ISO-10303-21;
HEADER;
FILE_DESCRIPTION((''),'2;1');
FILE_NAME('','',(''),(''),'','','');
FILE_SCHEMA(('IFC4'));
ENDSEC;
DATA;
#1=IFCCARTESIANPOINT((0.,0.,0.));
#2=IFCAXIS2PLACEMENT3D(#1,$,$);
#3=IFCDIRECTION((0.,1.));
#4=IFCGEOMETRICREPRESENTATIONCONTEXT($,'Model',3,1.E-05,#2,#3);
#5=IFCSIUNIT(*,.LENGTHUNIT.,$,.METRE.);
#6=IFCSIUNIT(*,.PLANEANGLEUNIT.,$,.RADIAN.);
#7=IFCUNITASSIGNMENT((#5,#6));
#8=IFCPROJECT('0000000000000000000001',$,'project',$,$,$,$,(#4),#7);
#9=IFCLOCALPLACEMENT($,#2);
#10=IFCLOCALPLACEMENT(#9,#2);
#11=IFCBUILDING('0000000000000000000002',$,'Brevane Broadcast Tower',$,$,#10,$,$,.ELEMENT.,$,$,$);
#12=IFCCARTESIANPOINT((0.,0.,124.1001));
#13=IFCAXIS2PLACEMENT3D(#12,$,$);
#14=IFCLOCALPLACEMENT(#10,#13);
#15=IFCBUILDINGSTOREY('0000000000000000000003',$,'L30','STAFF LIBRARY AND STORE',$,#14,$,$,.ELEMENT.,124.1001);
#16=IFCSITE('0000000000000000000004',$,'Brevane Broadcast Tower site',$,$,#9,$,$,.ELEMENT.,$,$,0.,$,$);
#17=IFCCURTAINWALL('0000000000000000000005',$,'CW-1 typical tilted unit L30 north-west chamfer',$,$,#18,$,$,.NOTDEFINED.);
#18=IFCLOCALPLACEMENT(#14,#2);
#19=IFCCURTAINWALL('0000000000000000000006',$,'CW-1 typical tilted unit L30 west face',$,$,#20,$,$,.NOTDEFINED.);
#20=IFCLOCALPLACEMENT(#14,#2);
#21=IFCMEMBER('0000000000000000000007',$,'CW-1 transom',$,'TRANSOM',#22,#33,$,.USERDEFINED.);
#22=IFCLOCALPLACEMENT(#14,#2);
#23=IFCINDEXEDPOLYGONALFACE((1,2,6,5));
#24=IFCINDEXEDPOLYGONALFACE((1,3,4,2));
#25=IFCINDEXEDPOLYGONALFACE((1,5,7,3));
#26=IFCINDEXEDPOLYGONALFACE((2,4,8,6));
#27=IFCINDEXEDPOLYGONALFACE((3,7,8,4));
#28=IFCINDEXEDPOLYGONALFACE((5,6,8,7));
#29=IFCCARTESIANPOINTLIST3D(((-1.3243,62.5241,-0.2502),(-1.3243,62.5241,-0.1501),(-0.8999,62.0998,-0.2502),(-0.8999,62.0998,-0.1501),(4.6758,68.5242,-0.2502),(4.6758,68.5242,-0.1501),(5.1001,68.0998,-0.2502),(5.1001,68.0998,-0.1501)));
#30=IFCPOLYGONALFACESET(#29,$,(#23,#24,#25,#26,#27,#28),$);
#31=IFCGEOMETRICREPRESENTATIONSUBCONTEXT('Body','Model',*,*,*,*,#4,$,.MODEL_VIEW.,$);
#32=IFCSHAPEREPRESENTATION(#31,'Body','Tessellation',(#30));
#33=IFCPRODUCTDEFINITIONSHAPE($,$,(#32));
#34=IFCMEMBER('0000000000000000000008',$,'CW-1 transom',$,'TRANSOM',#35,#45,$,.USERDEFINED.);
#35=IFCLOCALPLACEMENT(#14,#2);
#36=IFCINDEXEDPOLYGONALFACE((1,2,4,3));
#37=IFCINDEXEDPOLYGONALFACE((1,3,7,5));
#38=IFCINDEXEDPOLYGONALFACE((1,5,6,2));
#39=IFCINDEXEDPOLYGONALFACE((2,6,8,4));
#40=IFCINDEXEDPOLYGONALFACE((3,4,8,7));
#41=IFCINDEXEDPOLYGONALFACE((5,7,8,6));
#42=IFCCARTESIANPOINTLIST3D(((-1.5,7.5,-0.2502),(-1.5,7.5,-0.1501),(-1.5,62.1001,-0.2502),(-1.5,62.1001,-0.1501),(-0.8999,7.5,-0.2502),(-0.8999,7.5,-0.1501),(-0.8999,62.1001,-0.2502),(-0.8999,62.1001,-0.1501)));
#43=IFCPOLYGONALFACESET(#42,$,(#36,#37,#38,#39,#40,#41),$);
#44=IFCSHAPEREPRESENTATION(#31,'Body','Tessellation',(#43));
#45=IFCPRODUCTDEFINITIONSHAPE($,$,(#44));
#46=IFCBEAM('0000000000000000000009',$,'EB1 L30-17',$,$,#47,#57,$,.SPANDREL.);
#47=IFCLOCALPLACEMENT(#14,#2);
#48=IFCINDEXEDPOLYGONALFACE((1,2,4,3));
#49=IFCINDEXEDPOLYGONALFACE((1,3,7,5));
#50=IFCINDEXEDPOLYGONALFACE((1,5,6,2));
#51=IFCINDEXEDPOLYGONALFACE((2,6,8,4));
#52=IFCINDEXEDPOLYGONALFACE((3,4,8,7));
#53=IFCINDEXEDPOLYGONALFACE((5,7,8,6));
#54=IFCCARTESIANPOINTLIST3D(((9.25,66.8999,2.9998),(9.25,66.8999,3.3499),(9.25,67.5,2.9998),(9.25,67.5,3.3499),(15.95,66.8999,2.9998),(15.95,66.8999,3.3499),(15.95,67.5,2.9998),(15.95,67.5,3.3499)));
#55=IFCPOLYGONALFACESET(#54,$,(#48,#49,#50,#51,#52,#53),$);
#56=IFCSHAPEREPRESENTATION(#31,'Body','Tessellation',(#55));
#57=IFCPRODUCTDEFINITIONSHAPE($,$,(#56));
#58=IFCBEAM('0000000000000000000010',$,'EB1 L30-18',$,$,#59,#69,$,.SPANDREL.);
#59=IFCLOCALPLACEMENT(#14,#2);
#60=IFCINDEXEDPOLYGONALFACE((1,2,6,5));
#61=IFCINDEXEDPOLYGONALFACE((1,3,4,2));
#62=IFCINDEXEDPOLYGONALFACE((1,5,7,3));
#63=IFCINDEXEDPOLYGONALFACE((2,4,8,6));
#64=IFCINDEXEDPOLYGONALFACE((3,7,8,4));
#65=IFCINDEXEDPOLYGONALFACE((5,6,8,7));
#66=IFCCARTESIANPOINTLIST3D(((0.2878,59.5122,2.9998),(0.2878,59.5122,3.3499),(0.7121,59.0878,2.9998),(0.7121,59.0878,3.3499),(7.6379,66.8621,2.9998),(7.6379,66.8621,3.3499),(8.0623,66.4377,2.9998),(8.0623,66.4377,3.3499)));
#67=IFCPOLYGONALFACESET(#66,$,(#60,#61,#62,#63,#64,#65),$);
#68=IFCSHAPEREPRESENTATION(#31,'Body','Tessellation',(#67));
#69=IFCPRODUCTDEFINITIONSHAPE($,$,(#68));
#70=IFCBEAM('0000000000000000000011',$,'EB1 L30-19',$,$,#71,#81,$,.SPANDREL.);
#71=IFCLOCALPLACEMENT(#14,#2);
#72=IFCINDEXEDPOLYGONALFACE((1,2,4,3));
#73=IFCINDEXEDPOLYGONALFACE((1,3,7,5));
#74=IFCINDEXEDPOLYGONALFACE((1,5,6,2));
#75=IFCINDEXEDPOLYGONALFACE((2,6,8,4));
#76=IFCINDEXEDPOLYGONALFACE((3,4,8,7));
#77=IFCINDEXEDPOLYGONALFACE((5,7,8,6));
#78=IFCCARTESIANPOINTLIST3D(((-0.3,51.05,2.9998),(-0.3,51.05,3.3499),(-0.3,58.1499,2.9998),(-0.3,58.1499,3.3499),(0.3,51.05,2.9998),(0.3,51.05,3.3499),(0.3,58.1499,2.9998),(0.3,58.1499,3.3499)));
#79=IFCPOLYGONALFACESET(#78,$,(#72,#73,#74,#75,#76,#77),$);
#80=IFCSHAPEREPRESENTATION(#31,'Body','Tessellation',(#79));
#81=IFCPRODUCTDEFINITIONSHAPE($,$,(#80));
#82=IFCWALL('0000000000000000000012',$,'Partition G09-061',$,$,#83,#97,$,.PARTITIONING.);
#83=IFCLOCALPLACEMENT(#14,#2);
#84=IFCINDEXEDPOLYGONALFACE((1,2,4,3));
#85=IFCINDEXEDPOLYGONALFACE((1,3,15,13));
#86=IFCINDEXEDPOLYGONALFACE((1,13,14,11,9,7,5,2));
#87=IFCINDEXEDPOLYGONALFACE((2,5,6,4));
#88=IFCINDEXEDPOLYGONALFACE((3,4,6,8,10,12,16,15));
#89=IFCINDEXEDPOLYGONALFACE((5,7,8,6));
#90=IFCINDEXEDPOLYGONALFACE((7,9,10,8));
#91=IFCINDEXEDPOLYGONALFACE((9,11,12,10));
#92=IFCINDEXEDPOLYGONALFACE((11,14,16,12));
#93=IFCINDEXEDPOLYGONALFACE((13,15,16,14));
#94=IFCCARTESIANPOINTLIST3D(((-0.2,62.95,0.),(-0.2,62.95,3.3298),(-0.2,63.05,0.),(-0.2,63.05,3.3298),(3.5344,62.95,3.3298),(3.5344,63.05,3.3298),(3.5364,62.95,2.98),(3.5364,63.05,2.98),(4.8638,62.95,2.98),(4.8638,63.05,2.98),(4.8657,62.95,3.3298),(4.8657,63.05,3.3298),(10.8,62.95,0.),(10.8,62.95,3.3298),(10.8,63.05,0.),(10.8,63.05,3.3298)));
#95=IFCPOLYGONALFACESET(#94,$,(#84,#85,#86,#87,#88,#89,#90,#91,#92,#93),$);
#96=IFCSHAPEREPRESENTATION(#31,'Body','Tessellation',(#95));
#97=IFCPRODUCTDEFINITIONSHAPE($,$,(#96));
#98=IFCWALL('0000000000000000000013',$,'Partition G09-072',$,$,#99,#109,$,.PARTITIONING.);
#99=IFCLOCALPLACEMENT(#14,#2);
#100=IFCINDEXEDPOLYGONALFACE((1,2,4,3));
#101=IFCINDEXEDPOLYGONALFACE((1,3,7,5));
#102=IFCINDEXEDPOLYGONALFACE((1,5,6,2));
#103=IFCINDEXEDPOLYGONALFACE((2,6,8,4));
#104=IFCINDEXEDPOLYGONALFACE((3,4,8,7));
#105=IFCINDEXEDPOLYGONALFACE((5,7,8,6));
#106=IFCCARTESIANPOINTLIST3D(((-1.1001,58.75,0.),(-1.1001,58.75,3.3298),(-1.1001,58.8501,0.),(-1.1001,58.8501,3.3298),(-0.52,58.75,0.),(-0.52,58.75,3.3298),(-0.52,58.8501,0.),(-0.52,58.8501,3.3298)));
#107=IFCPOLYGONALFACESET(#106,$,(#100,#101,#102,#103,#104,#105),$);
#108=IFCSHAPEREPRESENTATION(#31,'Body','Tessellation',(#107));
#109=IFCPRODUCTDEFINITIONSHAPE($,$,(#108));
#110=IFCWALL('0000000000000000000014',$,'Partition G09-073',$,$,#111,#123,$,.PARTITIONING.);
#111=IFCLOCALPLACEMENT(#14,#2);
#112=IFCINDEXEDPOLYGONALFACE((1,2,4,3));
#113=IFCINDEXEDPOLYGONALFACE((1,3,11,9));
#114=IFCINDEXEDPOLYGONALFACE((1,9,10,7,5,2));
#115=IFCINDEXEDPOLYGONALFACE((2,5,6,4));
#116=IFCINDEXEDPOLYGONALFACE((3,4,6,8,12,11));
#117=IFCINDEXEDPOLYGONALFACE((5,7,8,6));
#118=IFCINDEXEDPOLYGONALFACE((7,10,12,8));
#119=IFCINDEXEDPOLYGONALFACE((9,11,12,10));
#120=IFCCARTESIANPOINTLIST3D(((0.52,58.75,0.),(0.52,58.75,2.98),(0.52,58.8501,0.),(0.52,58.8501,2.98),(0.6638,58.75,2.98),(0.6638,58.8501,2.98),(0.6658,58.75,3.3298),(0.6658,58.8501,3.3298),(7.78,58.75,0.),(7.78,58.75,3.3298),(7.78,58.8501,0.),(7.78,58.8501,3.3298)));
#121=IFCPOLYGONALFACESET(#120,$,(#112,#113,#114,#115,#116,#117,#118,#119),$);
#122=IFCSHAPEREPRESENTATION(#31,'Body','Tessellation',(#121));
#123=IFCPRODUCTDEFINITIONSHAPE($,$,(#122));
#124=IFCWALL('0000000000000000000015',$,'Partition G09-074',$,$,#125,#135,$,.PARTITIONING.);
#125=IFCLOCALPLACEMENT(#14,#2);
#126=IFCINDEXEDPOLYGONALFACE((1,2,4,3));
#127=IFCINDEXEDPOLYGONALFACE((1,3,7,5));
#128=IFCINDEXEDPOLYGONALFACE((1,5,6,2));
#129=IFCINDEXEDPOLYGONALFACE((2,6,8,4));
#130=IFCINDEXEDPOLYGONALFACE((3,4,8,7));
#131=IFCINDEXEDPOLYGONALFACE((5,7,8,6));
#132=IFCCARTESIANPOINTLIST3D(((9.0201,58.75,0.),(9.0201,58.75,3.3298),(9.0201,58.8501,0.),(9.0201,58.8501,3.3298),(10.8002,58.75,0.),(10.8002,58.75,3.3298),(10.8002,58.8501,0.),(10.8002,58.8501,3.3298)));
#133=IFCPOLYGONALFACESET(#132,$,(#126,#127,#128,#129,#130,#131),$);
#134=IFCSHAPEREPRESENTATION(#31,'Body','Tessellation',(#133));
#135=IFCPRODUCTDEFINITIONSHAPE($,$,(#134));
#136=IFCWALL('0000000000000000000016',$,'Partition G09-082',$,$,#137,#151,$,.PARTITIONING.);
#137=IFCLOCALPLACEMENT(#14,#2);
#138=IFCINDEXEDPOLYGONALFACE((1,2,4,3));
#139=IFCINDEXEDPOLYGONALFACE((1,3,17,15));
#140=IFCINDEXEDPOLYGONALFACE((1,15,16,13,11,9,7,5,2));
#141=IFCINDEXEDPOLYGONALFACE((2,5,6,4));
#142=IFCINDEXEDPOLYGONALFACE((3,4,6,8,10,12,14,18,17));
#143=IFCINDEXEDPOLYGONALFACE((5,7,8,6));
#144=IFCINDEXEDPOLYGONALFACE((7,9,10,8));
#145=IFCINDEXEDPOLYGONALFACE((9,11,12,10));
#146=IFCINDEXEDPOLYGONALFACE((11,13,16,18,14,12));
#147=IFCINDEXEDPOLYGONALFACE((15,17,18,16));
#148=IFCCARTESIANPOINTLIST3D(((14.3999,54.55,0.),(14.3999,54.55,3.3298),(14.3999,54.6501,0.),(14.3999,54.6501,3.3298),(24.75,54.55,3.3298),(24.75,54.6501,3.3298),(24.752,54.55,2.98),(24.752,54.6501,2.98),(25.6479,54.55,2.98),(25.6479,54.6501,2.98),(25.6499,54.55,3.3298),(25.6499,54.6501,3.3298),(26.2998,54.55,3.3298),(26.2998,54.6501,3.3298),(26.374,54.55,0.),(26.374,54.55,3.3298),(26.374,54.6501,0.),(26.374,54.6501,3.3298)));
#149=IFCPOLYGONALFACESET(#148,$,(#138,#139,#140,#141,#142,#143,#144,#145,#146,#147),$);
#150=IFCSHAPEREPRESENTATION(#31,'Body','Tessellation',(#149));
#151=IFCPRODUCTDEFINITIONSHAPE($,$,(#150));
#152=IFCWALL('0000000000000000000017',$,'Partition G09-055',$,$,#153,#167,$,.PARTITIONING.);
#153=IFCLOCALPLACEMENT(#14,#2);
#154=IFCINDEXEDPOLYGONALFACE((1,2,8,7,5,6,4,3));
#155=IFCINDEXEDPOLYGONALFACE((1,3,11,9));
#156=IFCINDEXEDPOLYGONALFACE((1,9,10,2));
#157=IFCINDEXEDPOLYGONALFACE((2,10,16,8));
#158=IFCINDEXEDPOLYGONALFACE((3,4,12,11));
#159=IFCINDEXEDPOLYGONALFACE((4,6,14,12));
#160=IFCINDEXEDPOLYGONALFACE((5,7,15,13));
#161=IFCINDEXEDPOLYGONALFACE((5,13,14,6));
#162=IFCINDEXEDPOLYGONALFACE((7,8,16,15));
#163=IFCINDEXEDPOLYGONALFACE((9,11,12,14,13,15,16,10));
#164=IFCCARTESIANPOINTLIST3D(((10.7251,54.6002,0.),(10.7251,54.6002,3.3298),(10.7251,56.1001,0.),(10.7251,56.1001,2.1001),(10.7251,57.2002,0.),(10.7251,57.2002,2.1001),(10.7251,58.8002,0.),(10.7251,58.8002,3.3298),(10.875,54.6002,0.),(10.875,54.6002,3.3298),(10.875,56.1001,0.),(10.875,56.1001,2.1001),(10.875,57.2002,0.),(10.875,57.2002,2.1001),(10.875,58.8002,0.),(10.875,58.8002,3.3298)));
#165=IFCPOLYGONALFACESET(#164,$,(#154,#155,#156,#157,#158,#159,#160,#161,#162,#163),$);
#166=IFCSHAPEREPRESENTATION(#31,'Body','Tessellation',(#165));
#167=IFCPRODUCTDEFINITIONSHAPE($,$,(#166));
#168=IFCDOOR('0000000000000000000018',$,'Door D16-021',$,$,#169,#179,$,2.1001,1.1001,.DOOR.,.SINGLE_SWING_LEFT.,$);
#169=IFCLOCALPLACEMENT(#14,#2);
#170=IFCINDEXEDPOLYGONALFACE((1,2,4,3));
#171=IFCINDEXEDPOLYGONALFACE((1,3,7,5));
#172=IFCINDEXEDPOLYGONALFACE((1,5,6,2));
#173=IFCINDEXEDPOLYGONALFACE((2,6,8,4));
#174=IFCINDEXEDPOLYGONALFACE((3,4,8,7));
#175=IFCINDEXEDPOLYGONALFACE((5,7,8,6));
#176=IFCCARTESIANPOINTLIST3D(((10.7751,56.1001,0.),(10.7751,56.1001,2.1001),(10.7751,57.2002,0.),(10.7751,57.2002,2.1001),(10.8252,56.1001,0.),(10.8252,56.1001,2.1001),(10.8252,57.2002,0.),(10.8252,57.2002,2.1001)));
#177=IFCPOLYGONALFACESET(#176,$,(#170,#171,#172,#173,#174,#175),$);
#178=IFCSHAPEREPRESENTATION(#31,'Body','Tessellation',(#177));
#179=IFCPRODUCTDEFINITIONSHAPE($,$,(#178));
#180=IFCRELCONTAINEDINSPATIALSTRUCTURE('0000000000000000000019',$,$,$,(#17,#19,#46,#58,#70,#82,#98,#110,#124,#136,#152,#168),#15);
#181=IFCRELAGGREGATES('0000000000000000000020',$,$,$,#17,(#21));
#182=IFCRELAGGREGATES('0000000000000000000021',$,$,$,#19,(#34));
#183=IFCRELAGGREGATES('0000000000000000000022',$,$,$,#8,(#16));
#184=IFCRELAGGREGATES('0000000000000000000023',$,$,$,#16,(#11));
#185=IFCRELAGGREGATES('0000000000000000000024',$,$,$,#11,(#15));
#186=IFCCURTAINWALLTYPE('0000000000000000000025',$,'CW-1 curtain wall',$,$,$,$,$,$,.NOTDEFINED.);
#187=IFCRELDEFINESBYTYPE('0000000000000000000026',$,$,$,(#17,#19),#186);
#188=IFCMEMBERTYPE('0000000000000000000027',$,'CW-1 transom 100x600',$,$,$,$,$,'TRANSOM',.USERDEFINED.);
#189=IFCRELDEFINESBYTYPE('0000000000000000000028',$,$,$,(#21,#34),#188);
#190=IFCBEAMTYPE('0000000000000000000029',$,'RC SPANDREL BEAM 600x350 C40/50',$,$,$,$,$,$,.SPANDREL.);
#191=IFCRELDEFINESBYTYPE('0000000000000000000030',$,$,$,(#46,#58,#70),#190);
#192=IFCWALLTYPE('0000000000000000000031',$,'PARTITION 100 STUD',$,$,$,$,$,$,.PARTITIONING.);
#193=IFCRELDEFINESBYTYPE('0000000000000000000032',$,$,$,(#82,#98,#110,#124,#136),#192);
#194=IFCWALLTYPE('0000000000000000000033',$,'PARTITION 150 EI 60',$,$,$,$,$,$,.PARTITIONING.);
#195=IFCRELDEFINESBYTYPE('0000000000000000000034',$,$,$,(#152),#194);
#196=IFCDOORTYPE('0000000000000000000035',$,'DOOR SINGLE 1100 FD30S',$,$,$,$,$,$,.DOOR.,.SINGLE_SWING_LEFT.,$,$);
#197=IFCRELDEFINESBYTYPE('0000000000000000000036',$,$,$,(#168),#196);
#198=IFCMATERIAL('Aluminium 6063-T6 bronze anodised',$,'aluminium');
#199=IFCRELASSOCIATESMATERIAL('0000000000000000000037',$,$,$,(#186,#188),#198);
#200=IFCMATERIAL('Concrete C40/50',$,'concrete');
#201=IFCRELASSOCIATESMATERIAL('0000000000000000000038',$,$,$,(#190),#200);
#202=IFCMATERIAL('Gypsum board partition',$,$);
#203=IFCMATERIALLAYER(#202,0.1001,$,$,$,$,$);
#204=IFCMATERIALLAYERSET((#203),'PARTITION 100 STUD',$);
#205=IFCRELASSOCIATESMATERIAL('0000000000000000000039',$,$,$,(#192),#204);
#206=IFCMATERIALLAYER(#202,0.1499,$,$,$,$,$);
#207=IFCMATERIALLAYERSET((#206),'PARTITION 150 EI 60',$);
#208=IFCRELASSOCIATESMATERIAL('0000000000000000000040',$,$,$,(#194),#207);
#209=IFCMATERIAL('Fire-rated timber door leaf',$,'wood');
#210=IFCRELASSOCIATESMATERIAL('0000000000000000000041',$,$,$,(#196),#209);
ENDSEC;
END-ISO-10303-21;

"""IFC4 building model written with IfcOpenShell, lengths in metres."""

from ifc_helpers import new_model, si_unit, direction, frame, frame_2d, origin, origin_2d, place, context, subcontext, project, spatial, polyline, rectangle, outline, extrude, material, layer, layer_set, material_profile, profile_set, type_object, element, fill, aggregate, save


model = new_model("IFC4")

# Units and contexts
model_context = context("Model", 3, precision=1e-05, world=origin(), true_north=direction((0.0, 1.0)))
body_context = subcontext(model_context, "Body", "Model", "MODEL_VIEW")
ifc_project = project(units=[si_unit("LENGTHUNIT", "METRE"), si_unit("PLANEANGLEUNIT", "RADIAN")], contexts=[model_context])

# Site, building, storey
site_placement = place(None, origin())
site = spatial("IfcSite", under=ifc_project, at=site_placement, Name="Brevane Broadcast Tower site", CompositionType="ELEMENT", RefElevation=0.0)
building_placement = place(site_placement, origin())
building = spatial("IfcBuilding", under=site, at=building_placement, Name="Brevane Broadcast Tower", CompositionType="ELEMENT")
storey_placement = place(building_placement, frame((0.0, 0.0, 124.1001)))
storey = spatial("IfcBuildingStorey", under=building, at=storey_placement, Name="L30", Description="STAFF LIBRARY AND STORE", CompositionType="ELEMENT", Elevation=124.1001)

# Curtain walls
ifc_material_1 = material(Name="Aluminium 6063-T6 bronze anodised", Category="aluminium")
curtain_wall_type = type_object("IfcCurtainWallType", Name="CW-1 curtain wall", PredefinedType="NOTDEFINED", material=ifc_material_1)
curtain_wall_1_placement = place(storey_placement, origin())
curtain_wall_1 = element("IfcCurtainWall", 1, at=curtain_wall_1_placement, inside=storey, type_object=curtain_wall_type, Name="CW-1 typical tilted unit L30 north-west chamfer", PredefinedType="NOTDEFINED")
curtain_wall_2_placement = place(storey_placement, origin())
curtain_wall_2 = element("IfcCurtainWall", 2, at=curtain_wall_2_placement, inside=storey, type_object=curtain_wall_type, Name="CW-1 typical tilted unit L30 west face", PredefinedType="NOTDEFINED")

# Members
ifc_material_profile_1 = material_profile(ifc_material_1, rectangle(XDim=0.6001, YDim=0.1001, at=origin_2d()), Name="RECT 100x600")
ifc_profile_set_1 = profile_set([ifc_material_profile_1], Name="Aluminium 6063-T6 bronze anodised")
member_type_1 = type_object("IfcMemberType", Name="CW-1 transom 100x600", ElementType="TRANSOM", PredefinedType="USERDEFINED", material=ifc_profile_set_1)
member_1_placement = place(storey_placement, frame((4.8879, 68.312, -0.2002), z_axis=(-0.707107, -0.707107, 0.0), x_axis=(0.707107, -0.707107, 0.0)))
member_1 = element("IfcMember", 3, at=member_1_placement, type_object=member_type_1, Name="CW-1 transom", ObjectType="TRANSOM", PredefinedType="USERDEFINED", context=body_context, shape_type="SweptSolid", body=[
    extrude(rectangle(XDim=0.6001, YDim=0.1001, at=origin_2d()), origin(), (0.0, 0.0, 1.0), 8.4854),
])
aggregate(curtain_wall_1, [member_1])
member_2_placement = place(storey_placement, frame((-1.2, 62.1001, -0.2002), z_axis=(0.0, -1.0, 0.0), x_axis=(1.0, 0.0, 0.0)))
member_2 = element("IfcMember", 4, at=member_2_placement, type_object=member_type_1, Name="CW-1 transom", ObjectType="TRANSOM", PredefinedType="USERDEFINED", context=body_context, shape_type="SweptSolid", body=[
    extrude(rectangle(XDim=0.6001, YDim=0.1001, at=origin_2d()), origin(), (0.0, 0.0, 1.0), 54.6001),
])
aggregate(curtain_wall_2, [member_2])

# Beams
ifc_material_2 = material(Name="Concrete C40/50", Category="concrete")
ifc_material_profile_2 = material_profile(ifc_material_2, rectangle(XDim=0.6001, YDim=0.3501, at=origin_2d()), Name="RC 600x350")
ifc_profile_set_2 = profile_set([ifc_material_profile_2], Name="Concrete C40/50")
beam_type = type_object("IfcBeamType", Name="RC SPANDREL BEAM 600x350 C40/50", PredefinedType="SPANDREL", material=ifc_profile_set_2)
beam_1_placement = place(storey_placement, frame((15.95, 67.2, 3.1748), z_axis=(-1.0, 0.0, 0.0), x_axis=(0.0, -1.0, 0.0)))
element("IfcBeam", 5, at=beam_1_placement, inside=storey, type_object=beam_type, Name="EB1 L30-17", PredefinedType="SPANDREL", context=body_context, shape_type="SweptSolid", body=[
    extrude(rectangle(XDim=0.6001, YDim=0.3501, at=origin_2d()), origin(), (0.0, 0.0, 1.0), 6.7),
])
beam_2_placement = place(storey_placement, frame((7.8501, 66.6499, 3.1748), z_axis=(-0.707119, -0.707095, 0.0), x_axis=(0.707095, -0.707119, 0.0)))
element("IfcBeam", 6, at=beam_2_placement, inside=storey, type_object=beam_type, Name="EB1 L30-18", PredefinedType="SPANDREL", context=body_context, shape_type="SweptSolid", body=[
    extrude(rectangle(XDim=0.6001, YDim=0.3501, at=origin_2d()), origin(), (0.0, 0.0, 1.0), 10.3945),
])
beam_3_placement = place(storey_placement, frame((0.0, 58.1499, 3.1748), z_axis=(0.0, -1.0, 0.0), x_axis=(1.0, 0.0, 0.0)))
element("IfcBeam", 7, at=beam_3_placement, inside=storey, type_object=beam_type, Name="EB1 L30-19", PredefinedType="SPANDREL", context=body_context, shape_type="SweptSolid", body=[
    extrude(rectangle(XDim=0.6001, YDim=0.3501, at=origin_2d()), origin(), (0.0, 0.0, 1.0), 7.0999),
])

# Walls
ifc_material_3 = material(Name="Gypsum board partition")
ifc_layer_1 = layer(ifc_material_3, 0.1001)
ifc_layer_set_1 = layer_set([ifc_layer_1], Name="PARTITION 100 STUD")
wall_type_1 = type_object("IfcWallType", Name="PARTITION 100 STUD", PredefinedType="PARTITIONING", material=ifc_layer_set_1)
wall_1_placement = place(storey_placement, frame((10.8, 63.0, 0.0), z_axis=(0.0, 0.0, 1.0), x_axis=(-1.0, 0.0, 0.0)))
element("IfcWall", 8, at=wall_1_placement, inside=storey, type_object=wall_type_1, Name="Partition G09-061", PredefinedType="PARTITIONING", context=body_context, shape_type="SweptSolid", body=[
    extrude(outline(polyline([(0.0, 0.0), (11.0, 0.0), (11.0, 3.3298), (7.2656, 3.3298), (7.2637, 2.98), (5.9363, 2.98), (5.9343, 3.3298), (0.0, 3.3298), (0.0, 0.0)])), frame((0.0, 0.05, 0.0), z_axis=(0.0, -1.0, 0.0), x_axis=(1.0, 0.0, 0.0)), (0.0, 0.0, 1.0), 0.1001),
])
wall_2_placement = place(storey_placement, frame((-1.1001, 58.8, 0.0), z_axis=(0.0, 0.0, 1.0), x_axis=(1.0, 0.0, 0.0)))
element("IfcWall", 9, at=wall_2_placement, inside=storey, type_object=wall_type_1, Name="Partition G09-072", PredefinedType="PARTITIONING", context=body_context, shape_type="SweptSolid", body=[
    extrude(rectangle(XDim=0.5801, YDim=0.1001, at=frame_2d((0.29, 0.0))), origin(), (0.0, 0.0, 1.0), 3.3298),
])
wall_3_placement = place(storey_placement, frame((0.52, 58.8, 0.0), z_axis=(0.0, 0.0, 1.0), x_axis=(1.0, 0.0, 0.0)))
element("IfcWall", 10, at=wall_3_placement, inside=storey, type_object=wall_type_1, Name="Partition G09-073", PredefinedType="PARTITIONING", context=body_context, shape_type="SweptSolid", body=[
    extrude(outline(polyline([(0.0, 0.0), (7.26, 0.0), (7.26, 3.3298), (0.1458, 3.3298), (0.1438, 2.98), (0.0, 2.98), (0.0, 0.0)])), frame((0.0, 0.05, 0.0), z_axis=(0.0, -1.0, 0.0), x_axis=(1.0, 0.0, 0.0)), (0.0, 0.0, 1.0), 0.1001),
])
wall_4_placement = place(storey_placement, frame((9.02, 58.8, 0.0), z_axis=(0.0, 0.0, 1.0), x_axis=(1.0, 0.0, 0.0)))
element("IfcWall", 11, at=wall_4_placement, inside=storey, type_object=wall_type_1, Name="Partition G09-074", PredefinedType="PARTITIONING", context=body_context, shape_type="SweptSolid", body=[
    extrude(rectangle(XDim=1.78, YDim=0.1001, at=frame_2d((0.8901, 0.0))), origin(), (0.0, 0.0, 1.0), 3.3298),
])
wall_5_placement = place(storey_placement, frame((14.3999, 54.6001, 0.0), z_axis=(0.0, 0.0, 1.0), x_axis=(1.0, 0.0, 0.0)))
element("IfcWall", 12, at=wall_5_placement, inside=storey, type_object=wall_type_1, Name="Partition G09-082", PredefinedType="PARTITIONING", context=body_context, shape_type="SweptSolid", body=[
    extrude(outline(polyline([(0.0, 0.0), (11.9741, 0.0), (11.9741, 3.3298), (11.8999, 3.3298), (11.25, 3.3298), (11.248, 2.98), (10.3521, 2.98), (10.3501, 3.3298), (0.0, 3.3298), (0.0, 0.0)])), frame((0.0, 0.05, 0.0), z_axis=(0.0, -1.0, 0.0), x_axis=(1.0, 0.0, 0.0)), (0.0, 0.0, 1.0), 0.1001),
])

# Wall, opening, door
ifc_layer_2 = layer(ifc_material_3, 0.1499)
ifc_layer_set_2 = layer_set([ifc_layer_2], Name="PARTITION 150 EI 60")
wall_type_2 = type_object("IfcWallType", Name="PARTITION 150 EI 60", PredefinedType="PARTITIONING", material=ifc_layer_set_2)
ifc_material_4 = material(Name="Fire-rated timber door leaf", Category="wood")
wall_6_placement = place(storey_placement, frame((10.8, 54.6001, 0.0), z_axis=(0.0, 0.0, 1.0), x_axis=(0.0, 1.0, 0.0)))
wall_6 = element("IfcWall", 13, at=wall_6_placement, inside=storey, type_object=wall_type_2, Name="Partition G09-055", PredefinedType="PARTITIONING", context=body_context, shape_type="SweptSolid", body=[
    extrude(rectangle(XDim=4.2, YDim=0.1499, at=frame_2d((2.1001, 0.0))), origin(), (0.0, 0.0, 1.0), 3.3298),
])
opening_1_placement = place(wall_6_placement, frame((1.5, 0.0, 0.0)))
opening_1 = element("IfcOpeningElement", 14, at=opening_1_placement, cuts=wall_6, PredefinedType="OPENING", context=body_context, shape_type="SweptSolid", body=[
    extrude(rectangle(XDim=1.1001, YDim=2.1001, at=frame_2d((0.55, 1.05))), frame((0.0, 0.085, 0.0), z_axis=(0.0, -1.0, 0.0), x_axis=(1.0, 0.0, 0.0)), (0.0, 0.0, 1.0), 0.1699),
])
door_type_1 = type_object("IfcDoorType", Name="DOOR SINGLE 1100 FD30S", OperationType="SINGLE_SWING_LEFT", PredefinedType="DOOR", material=ifc_material_4)
door_1_placement = place(opening_1_placement, origin())
door_1 = element("IfcDoor", 15, at=door_1_placement, inside=storey, type_object=door_type_1, Name="Door D16-021", OperationType="SINGLE_SWING_LEFT", OverallHeight=2.1001, OverallWidth=1.1001, PredefinedType="DOOR", context=body_context, shape_type="SweptSolid", body=[
    extrude(rectangle(XDim=1.1001, YDim=2.1001, at=frame_2d((0.55, 1.05))), frame((0.0, 0.0249, 0.0), z_axis=(0.0, -1.0, 0.0), x_axis=(1.0, 0.0, 0.0)), (0.0, 0.0, 1.0), 0.05),
])
fill(opening_1, door_1)

save(model, "model.ifc")
